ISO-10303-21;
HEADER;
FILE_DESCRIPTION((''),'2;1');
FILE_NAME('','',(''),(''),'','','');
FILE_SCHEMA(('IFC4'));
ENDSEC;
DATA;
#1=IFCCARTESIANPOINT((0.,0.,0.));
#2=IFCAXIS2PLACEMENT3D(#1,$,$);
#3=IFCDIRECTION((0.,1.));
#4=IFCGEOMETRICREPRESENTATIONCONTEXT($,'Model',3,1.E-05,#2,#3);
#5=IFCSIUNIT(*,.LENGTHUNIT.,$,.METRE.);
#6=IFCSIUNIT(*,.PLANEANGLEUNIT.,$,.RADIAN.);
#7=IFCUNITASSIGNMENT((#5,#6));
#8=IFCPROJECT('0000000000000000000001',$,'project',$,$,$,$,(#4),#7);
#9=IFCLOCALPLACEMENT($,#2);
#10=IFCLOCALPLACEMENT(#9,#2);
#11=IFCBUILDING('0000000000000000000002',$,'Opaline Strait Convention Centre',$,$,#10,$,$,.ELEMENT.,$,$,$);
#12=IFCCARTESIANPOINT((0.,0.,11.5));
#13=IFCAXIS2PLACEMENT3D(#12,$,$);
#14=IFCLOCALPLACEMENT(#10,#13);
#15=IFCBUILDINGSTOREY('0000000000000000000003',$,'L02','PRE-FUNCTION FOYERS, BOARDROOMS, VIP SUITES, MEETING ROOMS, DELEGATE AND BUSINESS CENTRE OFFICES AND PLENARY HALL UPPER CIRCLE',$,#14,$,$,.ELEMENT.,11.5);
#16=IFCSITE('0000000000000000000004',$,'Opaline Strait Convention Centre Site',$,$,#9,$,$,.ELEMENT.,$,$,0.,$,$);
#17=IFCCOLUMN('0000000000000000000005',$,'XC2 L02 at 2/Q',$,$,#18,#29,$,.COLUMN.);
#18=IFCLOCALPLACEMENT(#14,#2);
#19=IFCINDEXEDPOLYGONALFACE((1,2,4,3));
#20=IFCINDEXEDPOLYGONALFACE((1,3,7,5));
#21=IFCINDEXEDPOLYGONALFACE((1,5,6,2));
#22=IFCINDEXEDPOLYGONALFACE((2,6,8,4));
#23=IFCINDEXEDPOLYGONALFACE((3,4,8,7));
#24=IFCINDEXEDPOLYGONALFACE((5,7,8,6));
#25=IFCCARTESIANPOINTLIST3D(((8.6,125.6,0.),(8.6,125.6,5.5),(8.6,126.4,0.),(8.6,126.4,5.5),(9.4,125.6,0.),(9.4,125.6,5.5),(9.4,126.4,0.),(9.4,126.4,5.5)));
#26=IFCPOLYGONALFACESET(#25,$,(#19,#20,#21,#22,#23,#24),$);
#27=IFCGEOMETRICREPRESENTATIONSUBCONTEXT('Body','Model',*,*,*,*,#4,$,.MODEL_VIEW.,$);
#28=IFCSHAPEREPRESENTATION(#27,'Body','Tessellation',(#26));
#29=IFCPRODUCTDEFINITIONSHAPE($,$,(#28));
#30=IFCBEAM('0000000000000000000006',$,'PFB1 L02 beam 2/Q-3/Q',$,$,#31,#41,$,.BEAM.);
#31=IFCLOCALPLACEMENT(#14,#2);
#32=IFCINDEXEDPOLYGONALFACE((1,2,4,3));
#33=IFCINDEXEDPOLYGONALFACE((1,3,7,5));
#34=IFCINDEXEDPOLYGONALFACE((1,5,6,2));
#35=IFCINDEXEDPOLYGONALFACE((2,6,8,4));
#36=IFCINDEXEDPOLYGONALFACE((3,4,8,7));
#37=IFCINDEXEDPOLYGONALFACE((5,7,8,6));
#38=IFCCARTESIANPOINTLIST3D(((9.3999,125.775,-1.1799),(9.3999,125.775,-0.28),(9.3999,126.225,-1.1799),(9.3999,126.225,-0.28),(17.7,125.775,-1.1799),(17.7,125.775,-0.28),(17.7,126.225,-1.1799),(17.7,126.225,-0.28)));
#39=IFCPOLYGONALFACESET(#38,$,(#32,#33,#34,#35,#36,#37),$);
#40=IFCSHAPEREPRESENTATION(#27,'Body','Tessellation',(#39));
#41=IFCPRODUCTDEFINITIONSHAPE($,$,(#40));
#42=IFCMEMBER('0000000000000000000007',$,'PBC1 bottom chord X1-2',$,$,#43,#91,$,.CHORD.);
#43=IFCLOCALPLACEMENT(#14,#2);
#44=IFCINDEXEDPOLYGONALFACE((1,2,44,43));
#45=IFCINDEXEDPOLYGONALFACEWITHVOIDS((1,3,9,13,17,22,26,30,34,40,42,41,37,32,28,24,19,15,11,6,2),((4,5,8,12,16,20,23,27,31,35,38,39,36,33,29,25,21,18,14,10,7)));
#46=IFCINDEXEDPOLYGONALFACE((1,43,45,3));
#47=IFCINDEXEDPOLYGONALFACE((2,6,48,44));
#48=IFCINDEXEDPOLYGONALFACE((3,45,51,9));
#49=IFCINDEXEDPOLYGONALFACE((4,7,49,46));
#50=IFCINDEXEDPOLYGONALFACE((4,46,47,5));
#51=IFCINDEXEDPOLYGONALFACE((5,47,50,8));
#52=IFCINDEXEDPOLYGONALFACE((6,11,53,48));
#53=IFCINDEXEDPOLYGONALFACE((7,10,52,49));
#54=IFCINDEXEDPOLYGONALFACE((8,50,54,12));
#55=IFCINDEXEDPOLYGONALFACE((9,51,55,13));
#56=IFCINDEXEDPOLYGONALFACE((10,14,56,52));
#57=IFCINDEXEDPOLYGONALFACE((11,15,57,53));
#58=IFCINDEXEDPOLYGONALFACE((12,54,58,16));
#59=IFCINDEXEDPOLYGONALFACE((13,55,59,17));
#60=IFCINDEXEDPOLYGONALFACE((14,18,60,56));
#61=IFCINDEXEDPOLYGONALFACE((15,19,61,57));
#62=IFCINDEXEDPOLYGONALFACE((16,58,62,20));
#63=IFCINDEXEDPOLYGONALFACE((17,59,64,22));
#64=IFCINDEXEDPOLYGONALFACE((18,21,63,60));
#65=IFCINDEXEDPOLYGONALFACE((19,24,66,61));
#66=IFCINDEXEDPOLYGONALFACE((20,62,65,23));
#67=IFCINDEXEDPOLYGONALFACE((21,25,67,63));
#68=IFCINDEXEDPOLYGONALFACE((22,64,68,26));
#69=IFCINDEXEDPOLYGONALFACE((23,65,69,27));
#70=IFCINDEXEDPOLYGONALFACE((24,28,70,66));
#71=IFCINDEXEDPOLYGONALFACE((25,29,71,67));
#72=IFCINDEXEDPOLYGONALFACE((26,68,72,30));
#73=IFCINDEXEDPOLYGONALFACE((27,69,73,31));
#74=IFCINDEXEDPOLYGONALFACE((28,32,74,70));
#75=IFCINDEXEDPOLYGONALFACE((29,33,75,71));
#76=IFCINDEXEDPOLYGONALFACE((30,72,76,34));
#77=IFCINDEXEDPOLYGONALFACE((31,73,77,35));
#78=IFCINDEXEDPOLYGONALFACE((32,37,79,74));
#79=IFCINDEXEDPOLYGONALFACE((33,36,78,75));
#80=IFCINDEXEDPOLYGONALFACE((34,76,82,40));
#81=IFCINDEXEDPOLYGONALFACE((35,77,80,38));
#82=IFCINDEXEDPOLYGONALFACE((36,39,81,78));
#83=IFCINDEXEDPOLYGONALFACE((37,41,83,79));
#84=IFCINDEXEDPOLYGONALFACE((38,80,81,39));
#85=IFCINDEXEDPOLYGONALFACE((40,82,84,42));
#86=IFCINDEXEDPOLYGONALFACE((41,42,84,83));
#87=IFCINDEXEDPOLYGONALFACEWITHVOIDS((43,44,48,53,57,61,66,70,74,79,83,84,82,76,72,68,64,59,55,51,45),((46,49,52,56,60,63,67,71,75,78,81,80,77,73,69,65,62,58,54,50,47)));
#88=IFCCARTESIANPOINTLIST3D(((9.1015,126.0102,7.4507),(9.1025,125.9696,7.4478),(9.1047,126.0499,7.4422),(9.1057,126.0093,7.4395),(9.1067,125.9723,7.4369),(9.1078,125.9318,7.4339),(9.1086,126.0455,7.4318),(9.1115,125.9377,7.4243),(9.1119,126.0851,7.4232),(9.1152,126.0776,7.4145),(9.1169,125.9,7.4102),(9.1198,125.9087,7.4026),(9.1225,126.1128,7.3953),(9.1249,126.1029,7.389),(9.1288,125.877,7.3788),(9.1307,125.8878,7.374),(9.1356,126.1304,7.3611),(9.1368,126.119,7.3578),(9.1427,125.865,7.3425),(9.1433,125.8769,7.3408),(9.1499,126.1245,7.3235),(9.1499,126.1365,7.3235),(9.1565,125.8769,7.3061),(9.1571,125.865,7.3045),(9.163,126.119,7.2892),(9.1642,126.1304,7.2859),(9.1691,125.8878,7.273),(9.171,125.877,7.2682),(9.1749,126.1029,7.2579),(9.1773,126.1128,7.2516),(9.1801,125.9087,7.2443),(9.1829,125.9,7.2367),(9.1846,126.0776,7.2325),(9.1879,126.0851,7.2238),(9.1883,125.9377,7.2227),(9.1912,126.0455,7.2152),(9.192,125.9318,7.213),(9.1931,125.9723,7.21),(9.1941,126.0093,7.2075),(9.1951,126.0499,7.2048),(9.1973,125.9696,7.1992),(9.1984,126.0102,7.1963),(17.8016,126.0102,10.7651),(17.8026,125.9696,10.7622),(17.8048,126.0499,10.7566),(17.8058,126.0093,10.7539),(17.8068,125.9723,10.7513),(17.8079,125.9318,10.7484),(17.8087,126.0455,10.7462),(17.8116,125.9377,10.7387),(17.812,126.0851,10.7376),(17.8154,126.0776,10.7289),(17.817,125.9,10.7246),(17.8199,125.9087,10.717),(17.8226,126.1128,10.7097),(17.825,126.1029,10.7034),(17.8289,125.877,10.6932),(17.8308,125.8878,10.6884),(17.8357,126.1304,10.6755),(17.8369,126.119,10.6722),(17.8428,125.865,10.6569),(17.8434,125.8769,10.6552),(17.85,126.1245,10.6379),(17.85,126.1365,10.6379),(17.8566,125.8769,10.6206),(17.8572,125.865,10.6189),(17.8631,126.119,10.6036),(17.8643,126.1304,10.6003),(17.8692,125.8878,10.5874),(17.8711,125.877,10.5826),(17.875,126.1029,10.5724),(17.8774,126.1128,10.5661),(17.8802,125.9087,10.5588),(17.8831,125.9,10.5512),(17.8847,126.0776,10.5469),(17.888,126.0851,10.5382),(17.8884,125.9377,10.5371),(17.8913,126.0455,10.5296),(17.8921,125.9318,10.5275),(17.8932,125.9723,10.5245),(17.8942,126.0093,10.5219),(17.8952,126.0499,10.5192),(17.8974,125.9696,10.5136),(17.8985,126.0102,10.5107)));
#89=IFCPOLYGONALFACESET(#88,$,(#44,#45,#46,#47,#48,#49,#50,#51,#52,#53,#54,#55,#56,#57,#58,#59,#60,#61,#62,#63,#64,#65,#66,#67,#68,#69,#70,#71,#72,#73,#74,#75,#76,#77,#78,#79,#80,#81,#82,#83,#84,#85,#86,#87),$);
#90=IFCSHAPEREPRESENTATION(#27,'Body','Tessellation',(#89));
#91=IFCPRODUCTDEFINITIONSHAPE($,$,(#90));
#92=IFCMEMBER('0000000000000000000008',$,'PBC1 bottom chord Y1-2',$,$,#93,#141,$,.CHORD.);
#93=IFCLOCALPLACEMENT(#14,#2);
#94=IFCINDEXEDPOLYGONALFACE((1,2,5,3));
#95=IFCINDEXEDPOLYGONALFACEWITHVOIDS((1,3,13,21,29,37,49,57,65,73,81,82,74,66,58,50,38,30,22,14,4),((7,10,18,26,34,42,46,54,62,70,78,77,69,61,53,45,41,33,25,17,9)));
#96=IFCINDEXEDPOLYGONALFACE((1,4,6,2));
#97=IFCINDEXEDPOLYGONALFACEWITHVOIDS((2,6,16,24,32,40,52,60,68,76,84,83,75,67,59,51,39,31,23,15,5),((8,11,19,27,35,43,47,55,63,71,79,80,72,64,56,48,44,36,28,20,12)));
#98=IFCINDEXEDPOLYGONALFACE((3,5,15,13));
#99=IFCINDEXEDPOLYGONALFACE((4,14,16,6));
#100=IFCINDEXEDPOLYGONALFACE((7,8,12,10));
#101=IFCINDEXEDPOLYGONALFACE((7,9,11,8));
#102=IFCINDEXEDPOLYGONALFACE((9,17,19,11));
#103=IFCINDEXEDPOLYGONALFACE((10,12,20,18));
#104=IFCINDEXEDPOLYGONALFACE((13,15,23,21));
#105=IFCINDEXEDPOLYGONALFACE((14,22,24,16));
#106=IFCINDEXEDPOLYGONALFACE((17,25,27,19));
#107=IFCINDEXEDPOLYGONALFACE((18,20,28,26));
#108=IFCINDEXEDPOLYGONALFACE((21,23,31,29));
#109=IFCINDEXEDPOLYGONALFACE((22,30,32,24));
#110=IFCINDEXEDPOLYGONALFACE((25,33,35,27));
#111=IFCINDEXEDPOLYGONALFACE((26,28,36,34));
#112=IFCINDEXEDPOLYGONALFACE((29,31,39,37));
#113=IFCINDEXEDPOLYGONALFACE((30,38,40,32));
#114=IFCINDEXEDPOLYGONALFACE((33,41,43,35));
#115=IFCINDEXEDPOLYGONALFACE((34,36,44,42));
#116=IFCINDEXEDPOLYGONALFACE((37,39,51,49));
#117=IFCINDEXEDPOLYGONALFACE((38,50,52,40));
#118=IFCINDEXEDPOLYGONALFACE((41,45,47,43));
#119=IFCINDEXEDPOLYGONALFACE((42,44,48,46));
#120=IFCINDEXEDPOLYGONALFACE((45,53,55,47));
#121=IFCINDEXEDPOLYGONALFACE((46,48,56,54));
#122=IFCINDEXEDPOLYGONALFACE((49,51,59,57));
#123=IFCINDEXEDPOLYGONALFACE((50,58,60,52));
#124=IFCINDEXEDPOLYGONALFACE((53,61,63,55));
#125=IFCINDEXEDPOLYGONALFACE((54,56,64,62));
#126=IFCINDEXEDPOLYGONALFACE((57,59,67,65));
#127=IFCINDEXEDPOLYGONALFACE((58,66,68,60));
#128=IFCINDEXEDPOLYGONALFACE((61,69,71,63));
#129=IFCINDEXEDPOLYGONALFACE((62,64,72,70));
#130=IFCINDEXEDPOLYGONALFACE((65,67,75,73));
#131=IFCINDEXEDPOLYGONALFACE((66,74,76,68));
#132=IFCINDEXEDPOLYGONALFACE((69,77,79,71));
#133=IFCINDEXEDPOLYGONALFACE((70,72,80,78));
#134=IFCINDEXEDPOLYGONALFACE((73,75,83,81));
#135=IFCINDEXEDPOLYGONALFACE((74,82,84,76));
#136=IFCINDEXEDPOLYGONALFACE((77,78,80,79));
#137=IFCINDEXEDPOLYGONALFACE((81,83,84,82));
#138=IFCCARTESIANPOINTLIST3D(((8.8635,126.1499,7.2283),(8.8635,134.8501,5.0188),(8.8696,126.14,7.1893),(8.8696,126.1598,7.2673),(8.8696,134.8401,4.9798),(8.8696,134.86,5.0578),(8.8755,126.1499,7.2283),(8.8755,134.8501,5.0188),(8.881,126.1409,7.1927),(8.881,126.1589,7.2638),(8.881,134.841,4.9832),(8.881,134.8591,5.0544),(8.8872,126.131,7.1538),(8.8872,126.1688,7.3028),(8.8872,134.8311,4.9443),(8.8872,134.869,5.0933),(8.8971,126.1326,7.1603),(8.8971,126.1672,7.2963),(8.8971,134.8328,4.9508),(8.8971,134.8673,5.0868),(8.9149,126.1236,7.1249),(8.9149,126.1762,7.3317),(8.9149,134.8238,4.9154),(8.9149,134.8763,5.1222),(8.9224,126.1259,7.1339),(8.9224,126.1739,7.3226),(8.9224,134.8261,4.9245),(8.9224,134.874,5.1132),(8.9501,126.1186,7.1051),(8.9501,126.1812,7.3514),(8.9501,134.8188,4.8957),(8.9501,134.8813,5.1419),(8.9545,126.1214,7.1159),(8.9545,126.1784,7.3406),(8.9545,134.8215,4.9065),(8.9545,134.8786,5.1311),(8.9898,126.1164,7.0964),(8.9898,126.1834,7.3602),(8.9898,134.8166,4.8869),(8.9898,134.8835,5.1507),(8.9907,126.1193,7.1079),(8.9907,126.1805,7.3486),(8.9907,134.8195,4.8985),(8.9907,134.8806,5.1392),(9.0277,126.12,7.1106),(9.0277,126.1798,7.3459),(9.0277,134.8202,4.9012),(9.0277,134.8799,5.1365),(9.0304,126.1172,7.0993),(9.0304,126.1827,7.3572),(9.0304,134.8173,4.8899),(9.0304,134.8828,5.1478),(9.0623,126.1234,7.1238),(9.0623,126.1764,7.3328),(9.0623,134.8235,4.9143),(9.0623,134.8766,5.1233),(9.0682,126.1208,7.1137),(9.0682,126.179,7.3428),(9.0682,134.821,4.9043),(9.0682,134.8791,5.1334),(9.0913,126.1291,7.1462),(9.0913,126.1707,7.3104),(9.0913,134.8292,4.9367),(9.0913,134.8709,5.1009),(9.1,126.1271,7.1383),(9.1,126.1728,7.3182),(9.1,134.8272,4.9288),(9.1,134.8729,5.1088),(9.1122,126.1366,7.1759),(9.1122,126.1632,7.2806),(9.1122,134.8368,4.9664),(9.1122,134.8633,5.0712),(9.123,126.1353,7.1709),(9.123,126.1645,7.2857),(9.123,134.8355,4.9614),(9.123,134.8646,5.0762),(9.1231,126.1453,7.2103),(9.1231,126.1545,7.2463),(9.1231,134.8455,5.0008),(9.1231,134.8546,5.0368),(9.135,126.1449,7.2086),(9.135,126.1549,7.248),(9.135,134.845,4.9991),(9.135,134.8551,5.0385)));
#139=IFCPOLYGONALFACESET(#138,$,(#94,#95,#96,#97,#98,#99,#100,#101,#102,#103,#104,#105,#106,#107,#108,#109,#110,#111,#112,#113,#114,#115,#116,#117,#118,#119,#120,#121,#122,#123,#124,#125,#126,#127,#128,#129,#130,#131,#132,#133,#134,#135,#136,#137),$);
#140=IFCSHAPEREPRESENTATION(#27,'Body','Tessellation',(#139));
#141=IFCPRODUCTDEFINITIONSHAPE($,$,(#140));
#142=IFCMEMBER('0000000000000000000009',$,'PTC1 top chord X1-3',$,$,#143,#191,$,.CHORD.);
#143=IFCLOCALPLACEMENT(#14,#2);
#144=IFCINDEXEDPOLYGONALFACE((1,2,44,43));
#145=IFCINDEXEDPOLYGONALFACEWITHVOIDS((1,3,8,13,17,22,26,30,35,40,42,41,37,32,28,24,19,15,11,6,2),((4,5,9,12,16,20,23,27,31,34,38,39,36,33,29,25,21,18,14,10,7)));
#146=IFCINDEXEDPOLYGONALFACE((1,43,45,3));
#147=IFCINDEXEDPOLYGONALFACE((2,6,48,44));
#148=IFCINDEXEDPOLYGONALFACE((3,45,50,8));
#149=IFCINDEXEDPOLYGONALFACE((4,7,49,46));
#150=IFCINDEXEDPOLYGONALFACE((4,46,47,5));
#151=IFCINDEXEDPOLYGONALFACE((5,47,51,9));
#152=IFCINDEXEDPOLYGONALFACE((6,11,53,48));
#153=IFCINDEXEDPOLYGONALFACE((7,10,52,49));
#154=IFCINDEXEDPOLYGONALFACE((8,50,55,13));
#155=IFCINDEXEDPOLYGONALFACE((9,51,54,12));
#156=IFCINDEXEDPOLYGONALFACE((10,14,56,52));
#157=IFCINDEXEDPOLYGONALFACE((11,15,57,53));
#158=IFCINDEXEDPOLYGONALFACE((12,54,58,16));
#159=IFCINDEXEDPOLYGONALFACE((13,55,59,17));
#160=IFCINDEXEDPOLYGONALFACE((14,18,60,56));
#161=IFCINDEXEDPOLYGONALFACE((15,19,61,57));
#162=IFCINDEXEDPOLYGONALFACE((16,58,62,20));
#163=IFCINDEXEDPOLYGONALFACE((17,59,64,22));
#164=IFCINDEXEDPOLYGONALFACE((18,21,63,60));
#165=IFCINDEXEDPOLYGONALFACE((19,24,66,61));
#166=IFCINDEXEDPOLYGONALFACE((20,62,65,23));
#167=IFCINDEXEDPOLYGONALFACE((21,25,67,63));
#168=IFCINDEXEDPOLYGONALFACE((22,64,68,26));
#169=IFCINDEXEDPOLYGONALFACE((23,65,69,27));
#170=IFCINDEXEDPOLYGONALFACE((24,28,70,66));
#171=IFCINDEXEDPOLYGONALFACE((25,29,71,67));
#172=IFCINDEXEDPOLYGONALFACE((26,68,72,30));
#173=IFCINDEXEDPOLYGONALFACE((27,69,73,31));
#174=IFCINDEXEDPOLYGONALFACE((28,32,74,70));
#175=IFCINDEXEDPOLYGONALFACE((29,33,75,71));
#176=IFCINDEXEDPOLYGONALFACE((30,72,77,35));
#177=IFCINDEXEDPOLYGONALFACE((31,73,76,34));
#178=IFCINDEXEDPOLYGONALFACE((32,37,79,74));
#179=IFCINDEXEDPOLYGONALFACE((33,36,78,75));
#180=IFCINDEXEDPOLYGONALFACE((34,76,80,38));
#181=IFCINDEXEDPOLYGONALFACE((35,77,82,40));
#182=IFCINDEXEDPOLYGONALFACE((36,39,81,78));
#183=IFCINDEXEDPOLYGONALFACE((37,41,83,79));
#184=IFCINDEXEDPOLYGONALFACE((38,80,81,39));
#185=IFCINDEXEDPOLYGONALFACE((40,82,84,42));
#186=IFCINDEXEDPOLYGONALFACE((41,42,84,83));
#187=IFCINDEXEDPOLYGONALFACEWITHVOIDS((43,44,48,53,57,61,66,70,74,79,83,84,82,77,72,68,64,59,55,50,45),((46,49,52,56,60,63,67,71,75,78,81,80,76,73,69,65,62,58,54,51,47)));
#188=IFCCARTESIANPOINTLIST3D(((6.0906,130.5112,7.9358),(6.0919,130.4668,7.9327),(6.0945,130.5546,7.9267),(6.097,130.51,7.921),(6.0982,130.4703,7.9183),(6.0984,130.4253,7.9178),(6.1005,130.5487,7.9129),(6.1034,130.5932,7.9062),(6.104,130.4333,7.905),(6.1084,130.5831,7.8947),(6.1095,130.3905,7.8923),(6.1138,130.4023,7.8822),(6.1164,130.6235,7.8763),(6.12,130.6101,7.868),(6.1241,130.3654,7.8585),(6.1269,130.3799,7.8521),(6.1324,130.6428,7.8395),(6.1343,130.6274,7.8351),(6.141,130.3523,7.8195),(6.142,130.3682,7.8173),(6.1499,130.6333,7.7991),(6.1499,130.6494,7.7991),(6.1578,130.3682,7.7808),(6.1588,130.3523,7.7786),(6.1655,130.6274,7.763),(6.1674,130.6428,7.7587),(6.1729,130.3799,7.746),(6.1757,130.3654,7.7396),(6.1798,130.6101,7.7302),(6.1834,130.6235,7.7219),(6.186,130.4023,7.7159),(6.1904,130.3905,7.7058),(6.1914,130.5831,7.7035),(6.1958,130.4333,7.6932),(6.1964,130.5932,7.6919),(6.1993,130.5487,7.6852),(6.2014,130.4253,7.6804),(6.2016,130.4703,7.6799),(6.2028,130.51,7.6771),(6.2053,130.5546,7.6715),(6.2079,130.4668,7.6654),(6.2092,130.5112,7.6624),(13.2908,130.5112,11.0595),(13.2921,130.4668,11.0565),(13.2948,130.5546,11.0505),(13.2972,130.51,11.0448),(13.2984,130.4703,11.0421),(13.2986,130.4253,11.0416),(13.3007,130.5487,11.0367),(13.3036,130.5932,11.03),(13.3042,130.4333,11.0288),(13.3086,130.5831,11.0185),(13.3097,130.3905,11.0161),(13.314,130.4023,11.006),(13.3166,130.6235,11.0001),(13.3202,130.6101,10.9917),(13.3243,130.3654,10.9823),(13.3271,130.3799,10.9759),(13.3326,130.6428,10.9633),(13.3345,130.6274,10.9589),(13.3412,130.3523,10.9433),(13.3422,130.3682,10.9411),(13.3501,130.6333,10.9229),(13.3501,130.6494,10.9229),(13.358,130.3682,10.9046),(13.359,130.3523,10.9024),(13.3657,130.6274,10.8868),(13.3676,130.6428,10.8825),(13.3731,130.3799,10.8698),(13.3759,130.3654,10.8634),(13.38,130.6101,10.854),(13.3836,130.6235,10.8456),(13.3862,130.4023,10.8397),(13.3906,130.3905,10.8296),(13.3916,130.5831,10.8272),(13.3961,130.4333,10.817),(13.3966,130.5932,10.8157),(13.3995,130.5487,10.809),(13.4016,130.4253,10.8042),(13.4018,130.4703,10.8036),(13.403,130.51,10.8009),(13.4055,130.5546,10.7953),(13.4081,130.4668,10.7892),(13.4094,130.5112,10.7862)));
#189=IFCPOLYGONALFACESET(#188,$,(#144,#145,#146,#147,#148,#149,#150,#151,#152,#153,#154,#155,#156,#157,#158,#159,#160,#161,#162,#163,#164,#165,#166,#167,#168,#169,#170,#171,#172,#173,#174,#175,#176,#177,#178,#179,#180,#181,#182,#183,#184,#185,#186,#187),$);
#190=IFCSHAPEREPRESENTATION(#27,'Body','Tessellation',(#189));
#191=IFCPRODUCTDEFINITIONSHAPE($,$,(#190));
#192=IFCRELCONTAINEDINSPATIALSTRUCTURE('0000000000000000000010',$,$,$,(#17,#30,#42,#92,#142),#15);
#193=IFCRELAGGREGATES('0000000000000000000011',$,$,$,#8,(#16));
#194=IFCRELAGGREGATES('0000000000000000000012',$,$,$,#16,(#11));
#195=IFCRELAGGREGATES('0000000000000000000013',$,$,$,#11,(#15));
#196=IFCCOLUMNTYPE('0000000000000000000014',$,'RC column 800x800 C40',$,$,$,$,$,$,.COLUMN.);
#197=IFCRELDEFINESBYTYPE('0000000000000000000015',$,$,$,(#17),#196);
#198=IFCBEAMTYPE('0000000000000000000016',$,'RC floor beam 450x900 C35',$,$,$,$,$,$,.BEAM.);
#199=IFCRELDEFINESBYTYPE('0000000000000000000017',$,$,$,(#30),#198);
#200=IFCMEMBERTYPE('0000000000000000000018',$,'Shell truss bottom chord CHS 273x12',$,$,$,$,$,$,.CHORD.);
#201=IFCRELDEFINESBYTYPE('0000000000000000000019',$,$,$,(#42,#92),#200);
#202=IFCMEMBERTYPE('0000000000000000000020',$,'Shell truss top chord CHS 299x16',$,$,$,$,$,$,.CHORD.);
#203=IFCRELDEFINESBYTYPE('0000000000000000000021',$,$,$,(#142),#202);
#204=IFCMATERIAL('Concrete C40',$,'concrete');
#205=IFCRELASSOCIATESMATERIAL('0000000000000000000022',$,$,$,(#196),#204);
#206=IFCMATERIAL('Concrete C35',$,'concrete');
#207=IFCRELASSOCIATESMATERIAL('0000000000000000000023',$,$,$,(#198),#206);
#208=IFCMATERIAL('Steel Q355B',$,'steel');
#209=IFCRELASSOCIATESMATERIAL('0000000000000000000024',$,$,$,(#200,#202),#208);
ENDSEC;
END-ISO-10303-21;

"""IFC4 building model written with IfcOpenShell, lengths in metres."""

from ifc_helpers import new_model, si_unit, direction, frame, origin, origin_2d, place, context, subcontext, project, spatial, rectangle, hollow_circle, extrude, material, material_profile, profile_set, type_object, element, save


model = new_model("IFC4")

# Units and contexts
model_context = context("Model", 3, precision=1e-05, world=origin(), true_north=direction((0.0, 1.0)))
body_context = subcontext(model_context, "Body", "Model", "MODEL_VIEW")
ifc_project = project(units=[si_unit("LENGTHUNIT", "METRE"), si_unit("PLANEANGLEUNIT", "RADIAN")], contexts=[model_context])

# Site, building, storey
site_placement = place(None, origin())
site = spatial("IfcSite", under=ifc_project, at=site_placement, Name="Opaline Strait Convention Centre Site", CompositionType="ELEMENT", RefElevation=0.0)
building_placement = place(site_placement, origin())
building = spatial("IfcBuilding", under=site, at=building_placement, Name="Opaline Strait Convention Centre", CompositionType="ELEMENT")
storey_placement = place(building_placement, frame((0.0, 0.0, 11.5)))
storey = spatial("IfcBuildingStorey", under=building, at=storey_placement, Name="L02", Description="PRE-FUNCTION FOYERS, BOARDROOMS, VIP SUITES, MEETING ROOMS, DELEGATE AND BUSINESS CENTRE OFFICES AND PLENARY HALL UPPER CIRCLE", CompositionType="ELEMENT", Elevation=11.5)

# Column
ifc_material_1 = material(Name="Concrete C40", Category="concrete")
ifc_material_profile_1 = material_profile(ifc_material_1, rectangle(XDim=0.8, YDim=0.8, at=origin_2d()), Name="RC 800x800")
ifc_profile_set_1 = profile_set([ifc_material_profile_1], Name="Concrete C40")
column_type = type_object("IfcColumnType", Name="RC column 800x800 C40", PredefinedType="COLUMN", material=ifc_profile_set_1)
column_placement = place(storey_placement, frame((9.0, 126.0, 0.0), z_axis=(0.0, 0.0, 1.0), x_axis=(1.0, 0.0, 0.0)))
element("IfcColumn", 1, at=column_placement, inside=storey, type_object=column_type, Name="XC2 L02 at 2/Q", PredefinedType="COLUMN", context=body_context, shape_type="SweptSolid", body=[
    extrude(rectangle(XDim=0.8, YDim=0.8, at=origin_2d()), origin(), (0.0, 0.0, 1.0), 5.5),
])

# Beam
ifc_material_2 = material(Name="Concrete C35", Category="concrete")
ifc_material_profile_2 = material_profile(ifc_material_2, rectangle(XDim=0.45, YDim=0.8999, at=origin_2d()), Name="RC 450x900")
ifc_profile_set_2 = profile_set([ifc_material_profile_2], Name="Concrete C35")
beam_type = type_object("IfcBeamType", Name="RC floor beam 450x900 C35", PredefinedType="BEAM", material=ifc_profile_set_2)
beam_placement = place(storey_placement, frame((9.3999, 126.0, -0.73), z_axis=(1.0, 0.0, 0.0), x_axis=(0.0, 1.0, 0.0)))
element("IfcBeam", 2, at=beam_placement, inside=storey, type_object=beam_type, Name="PFB1 L02 beam 2/Q-3/Q", PredefinedType="BEAM", context=body_context, shape_type="SweptSolid", body=[
    extrude(rectangle(XDim=0.45, YDim=0.8999, at=origin_2d()), origin(), (0.0, 0.0, 1.0), 8.3),
])

# Members
ifc_material_3 = material(Name="Steel Q355B", Category="steel")
ifc_material_profile_3 = material_profile(ifc_material_3, hollow_circle(Radius=0.1365, WallThickness=0.012, at=origin_2d()), Name="CHS 273x12")
ifc_profile_set_3 = profile_set([ifc_material_profile_3], Name="Steel Q355B")
member_type_1 = type_object("IfcMemberType", Name="Shell truss bottom chord CHS 273x12", PredefinedType="CHORD", material=ifc_profile_set_3)
member_1_placement = place(storey_placement, frame((9.1499, 126.0, 7.3235), z_axis=(0.934484, 0.0, 0.356004), x_axis=(0.0, 1.0, 0.0)))
element("IfcMember", 3, at=member_1_placement, inside=storey, type_object=member_type_1, Name="PBC1 bottom chord X1-2", PredefinedType="CHORD", context=body_context, shape_type="SweptSolid", body=[
    extrude(hollow_circle(Radius=0.1365, WallThickness=0.012, at=origin_2d()), origin(), (0.0, 0.0, 1.0), 9.3101),
])
member_2_placement = place(storey_placement, frame((9.0, 126.1499, 7.2283), z_axis=(0.0, 0.969233, -0.246143), x_axis=(-1.0, 0.0, 0.0)))
element("IfcMember", 4, at=member_2_placement, inside=storey, type_object=member_type_1, Name="PBC1 bottom chord Y1-2", PredefinedType="CHORD", context=body_context, shape_type="SweptSolid", body=[
    extrude(hollow_circle(Radius=0.1365, WallThickness=0.012, at=origin_2d()), origin(), (0.0, 0.0, 1.0), 8.9763),
])
ifc_material_profile_4 = material_profile(ifc_material_3, hollow_circle(Radius=0.1494, WallThickness=0.0161, at=origin_2d()), Name="CHS 299x16")
ifc_profile_set_4 = profile_set([ifc_material_profile_4], Name="Steel Q355B")
member_type_2 = type_object("IfcMemberType", Name="Shell truss top chord CHS 299x16", PredefinedType="CHORD", material=ifc_profile_set_4)
member_3_placement = place(storey_placement, frame((6.1499, 130.5, 7.7991), z_axis=(0.917384, 0.0, 0.398004), x_axis=(0.0, 1.0, 0.0)))
element("IfcMember", 5, at=member_3_placement, inside=storey, type_object=member_type_2, Name="PTC1 top chord X1-3", PredefinedType="CHORD", context=body_context, shape_type="SweptSolid", body=[
    extrude(hollow_circle(Radius=0.1494, WallThickness=0.0161, at=origin_2d()), origin(), (0.0, 0.0, 1.0), 7.8486),
])

save(model, "model.ifc")
